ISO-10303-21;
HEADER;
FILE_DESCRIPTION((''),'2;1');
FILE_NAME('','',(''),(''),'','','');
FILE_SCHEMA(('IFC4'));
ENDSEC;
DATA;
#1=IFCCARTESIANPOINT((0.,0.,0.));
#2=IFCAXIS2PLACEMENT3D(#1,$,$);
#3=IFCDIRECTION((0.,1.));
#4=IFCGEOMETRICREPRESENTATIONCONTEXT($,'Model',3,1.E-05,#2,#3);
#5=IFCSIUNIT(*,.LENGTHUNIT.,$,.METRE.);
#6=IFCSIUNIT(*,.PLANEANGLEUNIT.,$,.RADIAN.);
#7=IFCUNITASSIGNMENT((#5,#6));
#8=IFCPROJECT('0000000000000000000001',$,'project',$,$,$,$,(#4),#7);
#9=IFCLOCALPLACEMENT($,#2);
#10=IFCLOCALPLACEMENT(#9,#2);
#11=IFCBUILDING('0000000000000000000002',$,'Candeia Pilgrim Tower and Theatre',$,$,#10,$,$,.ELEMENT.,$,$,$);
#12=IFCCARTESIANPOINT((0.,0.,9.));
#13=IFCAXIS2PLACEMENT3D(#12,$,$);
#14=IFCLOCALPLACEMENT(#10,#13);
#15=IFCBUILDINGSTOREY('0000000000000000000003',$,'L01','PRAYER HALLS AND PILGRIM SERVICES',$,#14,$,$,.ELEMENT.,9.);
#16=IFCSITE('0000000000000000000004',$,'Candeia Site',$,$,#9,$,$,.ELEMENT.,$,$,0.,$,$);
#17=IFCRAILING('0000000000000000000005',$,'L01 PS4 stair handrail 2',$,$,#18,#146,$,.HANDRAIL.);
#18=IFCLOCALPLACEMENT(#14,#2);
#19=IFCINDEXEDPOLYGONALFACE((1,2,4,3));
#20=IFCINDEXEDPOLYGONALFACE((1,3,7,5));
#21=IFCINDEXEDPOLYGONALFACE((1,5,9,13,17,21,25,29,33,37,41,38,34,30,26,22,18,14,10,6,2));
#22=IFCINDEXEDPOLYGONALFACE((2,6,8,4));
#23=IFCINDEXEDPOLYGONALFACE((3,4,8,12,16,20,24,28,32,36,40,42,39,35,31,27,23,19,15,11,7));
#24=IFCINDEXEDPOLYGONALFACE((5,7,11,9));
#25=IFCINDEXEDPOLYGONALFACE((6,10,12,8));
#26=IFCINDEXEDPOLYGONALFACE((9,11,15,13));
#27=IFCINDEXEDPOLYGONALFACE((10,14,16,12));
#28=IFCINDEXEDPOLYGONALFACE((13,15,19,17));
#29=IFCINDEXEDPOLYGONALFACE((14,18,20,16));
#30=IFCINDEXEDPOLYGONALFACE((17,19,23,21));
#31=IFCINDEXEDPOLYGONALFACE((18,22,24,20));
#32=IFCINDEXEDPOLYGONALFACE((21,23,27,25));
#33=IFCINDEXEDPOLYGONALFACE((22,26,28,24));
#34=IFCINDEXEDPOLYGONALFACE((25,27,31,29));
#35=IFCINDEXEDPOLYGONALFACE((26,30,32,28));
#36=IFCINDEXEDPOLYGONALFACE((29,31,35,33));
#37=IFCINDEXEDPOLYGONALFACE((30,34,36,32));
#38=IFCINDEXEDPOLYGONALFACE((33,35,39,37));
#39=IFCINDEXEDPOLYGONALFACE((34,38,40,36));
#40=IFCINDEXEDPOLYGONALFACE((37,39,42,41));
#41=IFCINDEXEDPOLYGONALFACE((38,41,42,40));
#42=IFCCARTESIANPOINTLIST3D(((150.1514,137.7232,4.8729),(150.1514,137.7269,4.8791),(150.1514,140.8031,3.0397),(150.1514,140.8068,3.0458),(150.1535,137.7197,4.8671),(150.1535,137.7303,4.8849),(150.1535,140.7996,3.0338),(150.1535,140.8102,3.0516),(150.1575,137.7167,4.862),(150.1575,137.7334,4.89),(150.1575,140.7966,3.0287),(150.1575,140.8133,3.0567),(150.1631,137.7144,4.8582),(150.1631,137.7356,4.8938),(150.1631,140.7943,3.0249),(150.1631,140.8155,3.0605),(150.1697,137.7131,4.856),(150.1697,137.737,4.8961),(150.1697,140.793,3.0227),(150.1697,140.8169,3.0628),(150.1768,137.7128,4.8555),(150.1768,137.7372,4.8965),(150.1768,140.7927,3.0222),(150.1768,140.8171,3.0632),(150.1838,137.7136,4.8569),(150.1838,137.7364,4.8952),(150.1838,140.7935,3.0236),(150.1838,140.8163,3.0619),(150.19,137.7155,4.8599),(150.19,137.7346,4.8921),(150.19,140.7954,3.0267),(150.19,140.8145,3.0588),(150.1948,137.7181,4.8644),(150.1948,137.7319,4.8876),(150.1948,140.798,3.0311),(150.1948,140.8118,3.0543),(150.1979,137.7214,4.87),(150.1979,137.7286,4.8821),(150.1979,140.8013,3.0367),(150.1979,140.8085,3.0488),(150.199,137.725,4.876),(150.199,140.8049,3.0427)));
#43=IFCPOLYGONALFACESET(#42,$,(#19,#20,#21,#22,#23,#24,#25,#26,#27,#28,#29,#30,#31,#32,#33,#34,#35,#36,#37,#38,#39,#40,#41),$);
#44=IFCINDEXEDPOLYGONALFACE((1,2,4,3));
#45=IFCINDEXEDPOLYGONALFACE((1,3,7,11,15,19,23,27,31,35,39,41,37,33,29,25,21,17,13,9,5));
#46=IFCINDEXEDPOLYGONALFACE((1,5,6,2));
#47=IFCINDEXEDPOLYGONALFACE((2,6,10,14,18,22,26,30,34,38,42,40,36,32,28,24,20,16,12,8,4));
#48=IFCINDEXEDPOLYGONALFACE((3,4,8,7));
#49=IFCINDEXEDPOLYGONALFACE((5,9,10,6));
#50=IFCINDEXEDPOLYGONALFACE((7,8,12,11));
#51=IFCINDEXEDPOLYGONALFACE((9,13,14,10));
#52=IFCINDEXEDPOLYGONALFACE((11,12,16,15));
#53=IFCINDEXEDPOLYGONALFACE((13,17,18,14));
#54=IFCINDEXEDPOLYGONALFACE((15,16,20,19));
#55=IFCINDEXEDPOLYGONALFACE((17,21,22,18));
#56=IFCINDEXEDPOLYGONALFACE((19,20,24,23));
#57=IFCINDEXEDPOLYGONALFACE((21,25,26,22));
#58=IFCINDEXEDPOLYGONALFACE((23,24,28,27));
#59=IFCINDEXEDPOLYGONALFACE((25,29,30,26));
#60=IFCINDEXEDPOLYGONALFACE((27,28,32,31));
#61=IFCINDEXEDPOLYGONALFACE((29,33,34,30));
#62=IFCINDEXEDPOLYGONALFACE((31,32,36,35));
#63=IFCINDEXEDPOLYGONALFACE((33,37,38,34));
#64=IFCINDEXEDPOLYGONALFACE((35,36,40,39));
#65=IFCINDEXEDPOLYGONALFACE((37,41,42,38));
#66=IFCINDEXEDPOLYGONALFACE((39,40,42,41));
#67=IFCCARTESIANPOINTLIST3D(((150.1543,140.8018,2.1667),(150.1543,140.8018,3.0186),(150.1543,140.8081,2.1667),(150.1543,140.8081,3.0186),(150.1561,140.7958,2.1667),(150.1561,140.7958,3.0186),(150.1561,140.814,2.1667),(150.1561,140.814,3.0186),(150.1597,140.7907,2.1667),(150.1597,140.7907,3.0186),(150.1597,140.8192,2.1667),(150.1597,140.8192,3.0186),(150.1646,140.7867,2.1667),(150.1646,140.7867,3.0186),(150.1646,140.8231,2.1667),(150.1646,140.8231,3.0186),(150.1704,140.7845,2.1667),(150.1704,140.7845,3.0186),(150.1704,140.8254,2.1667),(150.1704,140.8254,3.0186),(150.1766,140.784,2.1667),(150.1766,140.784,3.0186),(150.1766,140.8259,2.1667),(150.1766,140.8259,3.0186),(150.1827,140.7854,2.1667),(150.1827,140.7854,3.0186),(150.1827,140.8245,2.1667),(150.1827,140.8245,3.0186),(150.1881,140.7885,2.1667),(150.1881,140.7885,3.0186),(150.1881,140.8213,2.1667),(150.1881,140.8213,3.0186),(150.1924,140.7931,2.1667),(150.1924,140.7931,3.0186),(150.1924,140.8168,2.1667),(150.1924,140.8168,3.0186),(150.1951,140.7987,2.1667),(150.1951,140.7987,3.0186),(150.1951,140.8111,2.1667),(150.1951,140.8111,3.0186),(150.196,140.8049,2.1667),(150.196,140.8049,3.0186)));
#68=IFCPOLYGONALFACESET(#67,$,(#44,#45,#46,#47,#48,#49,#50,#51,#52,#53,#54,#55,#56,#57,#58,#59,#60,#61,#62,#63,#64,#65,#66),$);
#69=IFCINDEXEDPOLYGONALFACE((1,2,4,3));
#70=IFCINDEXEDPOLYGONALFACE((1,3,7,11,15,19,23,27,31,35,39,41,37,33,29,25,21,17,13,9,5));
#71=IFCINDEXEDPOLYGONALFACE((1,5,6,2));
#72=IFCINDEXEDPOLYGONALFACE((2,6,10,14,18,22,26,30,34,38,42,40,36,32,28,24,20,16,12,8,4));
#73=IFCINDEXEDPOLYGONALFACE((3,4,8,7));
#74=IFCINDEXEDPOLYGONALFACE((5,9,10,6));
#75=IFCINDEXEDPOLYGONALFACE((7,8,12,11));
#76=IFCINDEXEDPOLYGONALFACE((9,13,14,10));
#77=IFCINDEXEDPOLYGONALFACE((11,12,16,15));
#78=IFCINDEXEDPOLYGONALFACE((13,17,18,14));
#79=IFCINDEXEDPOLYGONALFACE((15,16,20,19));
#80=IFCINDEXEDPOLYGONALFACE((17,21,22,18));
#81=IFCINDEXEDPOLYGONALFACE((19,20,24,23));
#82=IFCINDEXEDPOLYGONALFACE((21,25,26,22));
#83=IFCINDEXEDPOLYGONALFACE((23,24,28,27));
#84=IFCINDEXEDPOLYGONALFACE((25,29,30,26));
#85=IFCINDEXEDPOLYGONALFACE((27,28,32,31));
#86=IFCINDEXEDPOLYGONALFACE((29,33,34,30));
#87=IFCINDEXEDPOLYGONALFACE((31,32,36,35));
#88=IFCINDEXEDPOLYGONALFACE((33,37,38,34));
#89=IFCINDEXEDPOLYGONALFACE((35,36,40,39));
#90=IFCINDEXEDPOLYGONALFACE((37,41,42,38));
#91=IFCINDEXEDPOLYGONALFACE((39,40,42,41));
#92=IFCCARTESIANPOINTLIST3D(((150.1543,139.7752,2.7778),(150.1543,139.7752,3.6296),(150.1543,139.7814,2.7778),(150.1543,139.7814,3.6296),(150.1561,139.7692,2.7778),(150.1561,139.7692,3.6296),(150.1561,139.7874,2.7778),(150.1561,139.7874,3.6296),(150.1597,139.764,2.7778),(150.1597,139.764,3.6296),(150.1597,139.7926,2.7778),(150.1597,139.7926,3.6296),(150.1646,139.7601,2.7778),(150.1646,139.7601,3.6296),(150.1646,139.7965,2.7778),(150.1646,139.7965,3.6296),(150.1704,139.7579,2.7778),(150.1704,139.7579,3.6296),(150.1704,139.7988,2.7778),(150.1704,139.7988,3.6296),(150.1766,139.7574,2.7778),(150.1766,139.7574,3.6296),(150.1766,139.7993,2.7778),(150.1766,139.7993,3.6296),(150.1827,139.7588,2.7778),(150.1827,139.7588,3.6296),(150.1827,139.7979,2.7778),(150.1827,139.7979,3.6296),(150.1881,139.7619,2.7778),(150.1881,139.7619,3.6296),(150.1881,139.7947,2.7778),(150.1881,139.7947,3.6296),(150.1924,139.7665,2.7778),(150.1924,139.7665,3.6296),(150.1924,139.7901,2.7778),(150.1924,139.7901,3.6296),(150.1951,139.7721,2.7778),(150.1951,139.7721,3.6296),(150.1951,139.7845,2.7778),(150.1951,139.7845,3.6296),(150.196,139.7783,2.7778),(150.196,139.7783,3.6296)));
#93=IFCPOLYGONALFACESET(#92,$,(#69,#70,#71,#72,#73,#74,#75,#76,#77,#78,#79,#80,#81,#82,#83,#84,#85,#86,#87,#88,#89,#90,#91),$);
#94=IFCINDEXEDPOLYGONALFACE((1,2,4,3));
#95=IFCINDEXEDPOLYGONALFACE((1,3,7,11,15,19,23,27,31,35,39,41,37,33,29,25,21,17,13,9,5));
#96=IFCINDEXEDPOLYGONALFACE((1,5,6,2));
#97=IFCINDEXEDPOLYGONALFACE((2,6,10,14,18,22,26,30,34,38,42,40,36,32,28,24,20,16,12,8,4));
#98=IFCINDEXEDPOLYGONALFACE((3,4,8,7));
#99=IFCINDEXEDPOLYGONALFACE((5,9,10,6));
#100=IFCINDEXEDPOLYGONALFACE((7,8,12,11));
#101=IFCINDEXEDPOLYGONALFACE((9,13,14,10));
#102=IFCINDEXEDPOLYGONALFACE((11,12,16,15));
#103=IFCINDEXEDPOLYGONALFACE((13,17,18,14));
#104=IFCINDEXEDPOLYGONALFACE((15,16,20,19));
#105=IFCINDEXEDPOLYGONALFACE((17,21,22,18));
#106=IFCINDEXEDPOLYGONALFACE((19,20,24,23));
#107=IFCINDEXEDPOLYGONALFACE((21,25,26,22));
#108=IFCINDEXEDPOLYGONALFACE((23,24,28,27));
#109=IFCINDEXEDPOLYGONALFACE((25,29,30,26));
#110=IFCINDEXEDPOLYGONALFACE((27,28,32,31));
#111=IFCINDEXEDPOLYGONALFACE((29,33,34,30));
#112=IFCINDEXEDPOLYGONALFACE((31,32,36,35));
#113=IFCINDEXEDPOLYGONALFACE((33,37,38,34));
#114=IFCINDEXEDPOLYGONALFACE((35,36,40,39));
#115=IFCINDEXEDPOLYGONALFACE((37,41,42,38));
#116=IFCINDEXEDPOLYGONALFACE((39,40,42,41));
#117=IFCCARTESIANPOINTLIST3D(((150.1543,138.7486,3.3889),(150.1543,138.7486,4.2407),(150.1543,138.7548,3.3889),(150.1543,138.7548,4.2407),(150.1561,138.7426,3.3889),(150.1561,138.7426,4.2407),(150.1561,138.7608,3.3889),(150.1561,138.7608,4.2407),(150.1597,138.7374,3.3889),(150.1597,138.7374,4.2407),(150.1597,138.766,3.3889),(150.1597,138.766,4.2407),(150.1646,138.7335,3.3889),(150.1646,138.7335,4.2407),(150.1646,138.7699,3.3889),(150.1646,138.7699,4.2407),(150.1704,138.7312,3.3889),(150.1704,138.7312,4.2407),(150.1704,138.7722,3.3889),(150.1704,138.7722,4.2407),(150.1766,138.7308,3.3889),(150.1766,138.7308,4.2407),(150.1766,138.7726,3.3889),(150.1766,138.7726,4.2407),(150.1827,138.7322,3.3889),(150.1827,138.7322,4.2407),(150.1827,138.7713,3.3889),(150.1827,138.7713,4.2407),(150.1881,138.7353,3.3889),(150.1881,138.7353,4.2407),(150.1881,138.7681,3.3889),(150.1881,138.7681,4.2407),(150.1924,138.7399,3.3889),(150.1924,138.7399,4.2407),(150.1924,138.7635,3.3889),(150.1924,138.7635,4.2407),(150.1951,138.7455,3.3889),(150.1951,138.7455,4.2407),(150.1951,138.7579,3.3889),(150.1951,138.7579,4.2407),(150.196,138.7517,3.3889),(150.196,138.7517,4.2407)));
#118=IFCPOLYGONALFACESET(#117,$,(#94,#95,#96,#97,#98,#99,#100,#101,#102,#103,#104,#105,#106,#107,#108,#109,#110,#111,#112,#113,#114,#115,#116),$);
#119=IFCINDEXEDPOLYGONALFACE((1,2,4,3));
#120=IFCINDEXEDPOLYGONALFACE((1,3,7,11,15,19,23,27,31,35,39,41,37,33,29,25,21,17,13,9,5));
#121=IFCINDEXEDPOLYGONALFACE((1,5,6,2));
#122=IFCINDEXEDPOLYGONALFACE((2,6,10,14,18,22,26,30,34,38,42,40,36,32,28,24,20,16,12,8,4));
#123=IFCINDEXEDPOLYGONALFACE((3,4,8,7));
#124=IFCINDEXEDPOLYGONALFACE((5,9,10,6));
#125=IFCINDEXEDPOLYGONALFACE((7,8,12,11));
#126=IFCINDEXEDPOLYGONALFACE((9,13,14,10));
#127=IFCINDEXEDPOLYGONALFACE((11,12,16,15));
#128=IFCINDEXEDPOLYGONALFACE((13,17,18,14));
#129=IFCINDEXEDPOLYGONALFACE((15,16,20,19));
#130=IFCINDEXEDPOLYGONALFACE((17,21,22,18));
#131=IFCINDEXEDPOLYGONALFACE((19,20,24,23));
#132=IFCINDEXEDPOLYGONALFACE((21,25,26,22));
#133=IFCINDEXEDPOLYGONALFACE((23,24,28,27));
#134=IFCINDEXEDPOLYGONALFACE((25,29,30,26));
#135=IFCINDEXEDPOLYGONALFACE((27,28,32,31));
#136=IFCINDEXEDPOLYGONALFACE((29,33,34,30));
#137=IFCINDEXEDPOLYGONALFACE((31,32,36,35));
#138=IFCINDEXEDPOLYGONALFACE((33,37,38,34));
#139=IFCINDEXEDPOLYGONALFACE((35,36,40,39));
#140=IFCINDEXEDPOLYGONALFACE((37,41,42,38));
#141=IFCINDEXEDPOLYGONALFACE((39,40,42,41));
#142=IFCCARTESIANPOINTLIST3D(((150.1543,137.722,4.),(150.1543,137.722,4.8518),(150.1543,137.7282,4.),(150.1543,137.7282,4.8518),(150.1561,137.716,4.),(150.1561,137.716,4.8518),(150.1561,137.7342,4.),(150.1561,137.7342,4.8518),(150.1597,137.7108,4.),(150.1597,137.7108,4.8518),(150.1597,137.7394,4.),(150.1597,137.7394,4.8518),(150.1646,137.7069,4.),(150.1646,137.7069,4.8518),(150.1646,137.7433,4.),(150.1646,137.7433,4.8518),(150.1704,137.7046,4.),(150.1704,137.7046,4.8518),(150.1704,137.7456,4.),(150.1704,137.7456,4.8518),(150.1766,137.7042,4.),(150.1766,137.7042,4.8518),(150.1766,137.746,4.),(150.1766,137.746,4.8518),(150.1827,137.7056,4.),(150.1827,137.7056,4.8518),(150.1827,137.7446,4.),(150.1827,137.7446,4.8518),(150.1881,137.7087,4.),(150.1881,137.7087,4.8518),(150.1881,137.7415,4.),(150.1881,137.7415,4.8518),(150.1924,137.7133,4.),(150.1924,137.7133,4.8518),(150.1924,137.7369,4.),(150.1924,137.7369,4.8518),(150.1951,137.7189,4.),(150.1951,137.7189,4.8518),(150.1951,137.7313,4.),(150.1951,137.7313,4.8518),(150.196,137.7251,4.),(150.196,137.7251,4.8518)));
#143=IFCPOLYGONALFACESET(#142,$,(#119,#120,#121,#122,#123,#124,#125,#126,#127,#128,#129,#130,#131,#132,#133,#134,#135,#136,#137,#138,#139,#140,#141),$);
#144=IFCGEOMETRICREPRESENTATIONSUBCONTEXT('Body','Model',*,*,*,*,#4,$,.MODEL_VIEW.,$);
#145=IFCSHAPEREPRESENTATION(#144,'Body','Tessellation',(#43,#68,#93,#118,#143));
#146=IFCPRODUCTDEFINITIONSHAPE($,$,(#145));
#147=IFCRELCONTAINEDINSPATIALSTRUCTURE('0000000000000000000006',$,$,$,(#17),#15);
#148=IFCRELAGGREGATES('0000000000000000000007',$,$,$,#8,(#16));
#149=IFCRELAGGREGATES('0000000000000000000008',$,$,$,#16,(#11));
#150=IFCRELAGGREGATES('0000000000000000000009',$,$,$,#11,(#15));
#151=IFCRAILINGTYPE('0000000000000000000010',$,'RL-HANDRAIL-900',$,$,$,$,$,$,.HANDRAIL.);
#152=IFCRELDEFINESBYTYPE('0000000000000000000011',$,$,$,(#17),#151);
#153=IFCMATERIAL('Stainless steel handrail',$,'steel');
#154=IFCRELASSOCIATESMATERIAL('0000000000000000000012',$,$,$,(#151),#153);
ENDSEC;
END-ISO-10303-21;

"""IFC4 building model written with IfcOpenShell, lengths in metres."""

from ifc_helpers import new_model, si_unit, direction, frame, origin, origin_2d, place, context, subcontext, project, spatial, circle, extrude, material, type_object, element, save


model = new_model("IFC4")

# Units and contexts
model_context = context("Model", 3, precision=1e-05, world=origin(), true_north=direction((0.0, 1.0)))
body_context = subcontext(model_context, "Body", "Model", "MODEL_VIEW")
ifc_project = project(units=[si_unit("LENGTHUNIT", "METRE"), si_unit("PLANEANGLEUNIT", "RADIAN")], contexts=[model_context])

# Site, building, storey
site_placement = place(None, origin())
site = spatial("IfcSite", under=ifc_project, at=site_placement, Name="Candeia Site", CompositionType="ELEMENT", RefElevation=0.0)
building_placement = place(site_placement, origin())
building = spatial("IfcBuilding", under=site, at=building_placement, Name="Candeia Pilgrim Tower and Theatre", CompositionType="ELEMENT")
storey_placement = place(building_placement, frame((0.0, 0.0, 9.0)))
storey = spatial("IfcBuildingStorey", under=building, at=storey_placement, Name="L01", Description="PRAYER HALLS AND PILGRIM SERVICES", CompositionType="ELEMENT", Elevation=9.0)

# Railing
ifc_material_1 = material(Name="Stainless steel handrail", Category="steel")
railing_type_1 = type_object("IfcRailingType", Name="RL-HANDRAIL-900", PredefinedType="HANDRAIL", material=ifc_material_1)
for number, where, name in (
    (1, (150.175, 140.8049, 2.1667), "L01 PS4 stair handrail 2"),
):
    element("IfcRailing", number, at=place(storey_placement, frame(where)), inside=storey, type_object=railing_type_1, Name=name, PredefinedType="HANDRAIL", context=body_context, shape_type="SweptSolid", body=[
        extrude(circle(Radius=0.0239, at=origin_2d()), frame((0.0, 0.0, 0.876), z_axis=(0.0, -0.859291, 0.511487), x_axis=(1.0, 0.0, 0.0)), (0.0, 0.0, 1.0), 3.5842),
        extrude(circle(Radius=0.021, at=origin_2d()), origin(), (0.0, 0.0, 1.0), 0.8518),
        extrude(circle(Radius=0.021, at=origin_2d()), frame((0.0, -1.0266, 0.6111)), (0.0, 0.0, 1.0), 0.8518),
        extrude(circle(Radius=0.021, at=origin_2d()), frame((0.0, -2.0532, 1.2222)), (0.0, 0.0, 1.0), 0.8518),
        extrude(circle(Radius=0.021, at=origin_2d()), frame((0.0, -3.0798, 1.8333)), (0.0, 0.0, 1.0), 0.8518),
    ])

save(model, "model.ifc")
